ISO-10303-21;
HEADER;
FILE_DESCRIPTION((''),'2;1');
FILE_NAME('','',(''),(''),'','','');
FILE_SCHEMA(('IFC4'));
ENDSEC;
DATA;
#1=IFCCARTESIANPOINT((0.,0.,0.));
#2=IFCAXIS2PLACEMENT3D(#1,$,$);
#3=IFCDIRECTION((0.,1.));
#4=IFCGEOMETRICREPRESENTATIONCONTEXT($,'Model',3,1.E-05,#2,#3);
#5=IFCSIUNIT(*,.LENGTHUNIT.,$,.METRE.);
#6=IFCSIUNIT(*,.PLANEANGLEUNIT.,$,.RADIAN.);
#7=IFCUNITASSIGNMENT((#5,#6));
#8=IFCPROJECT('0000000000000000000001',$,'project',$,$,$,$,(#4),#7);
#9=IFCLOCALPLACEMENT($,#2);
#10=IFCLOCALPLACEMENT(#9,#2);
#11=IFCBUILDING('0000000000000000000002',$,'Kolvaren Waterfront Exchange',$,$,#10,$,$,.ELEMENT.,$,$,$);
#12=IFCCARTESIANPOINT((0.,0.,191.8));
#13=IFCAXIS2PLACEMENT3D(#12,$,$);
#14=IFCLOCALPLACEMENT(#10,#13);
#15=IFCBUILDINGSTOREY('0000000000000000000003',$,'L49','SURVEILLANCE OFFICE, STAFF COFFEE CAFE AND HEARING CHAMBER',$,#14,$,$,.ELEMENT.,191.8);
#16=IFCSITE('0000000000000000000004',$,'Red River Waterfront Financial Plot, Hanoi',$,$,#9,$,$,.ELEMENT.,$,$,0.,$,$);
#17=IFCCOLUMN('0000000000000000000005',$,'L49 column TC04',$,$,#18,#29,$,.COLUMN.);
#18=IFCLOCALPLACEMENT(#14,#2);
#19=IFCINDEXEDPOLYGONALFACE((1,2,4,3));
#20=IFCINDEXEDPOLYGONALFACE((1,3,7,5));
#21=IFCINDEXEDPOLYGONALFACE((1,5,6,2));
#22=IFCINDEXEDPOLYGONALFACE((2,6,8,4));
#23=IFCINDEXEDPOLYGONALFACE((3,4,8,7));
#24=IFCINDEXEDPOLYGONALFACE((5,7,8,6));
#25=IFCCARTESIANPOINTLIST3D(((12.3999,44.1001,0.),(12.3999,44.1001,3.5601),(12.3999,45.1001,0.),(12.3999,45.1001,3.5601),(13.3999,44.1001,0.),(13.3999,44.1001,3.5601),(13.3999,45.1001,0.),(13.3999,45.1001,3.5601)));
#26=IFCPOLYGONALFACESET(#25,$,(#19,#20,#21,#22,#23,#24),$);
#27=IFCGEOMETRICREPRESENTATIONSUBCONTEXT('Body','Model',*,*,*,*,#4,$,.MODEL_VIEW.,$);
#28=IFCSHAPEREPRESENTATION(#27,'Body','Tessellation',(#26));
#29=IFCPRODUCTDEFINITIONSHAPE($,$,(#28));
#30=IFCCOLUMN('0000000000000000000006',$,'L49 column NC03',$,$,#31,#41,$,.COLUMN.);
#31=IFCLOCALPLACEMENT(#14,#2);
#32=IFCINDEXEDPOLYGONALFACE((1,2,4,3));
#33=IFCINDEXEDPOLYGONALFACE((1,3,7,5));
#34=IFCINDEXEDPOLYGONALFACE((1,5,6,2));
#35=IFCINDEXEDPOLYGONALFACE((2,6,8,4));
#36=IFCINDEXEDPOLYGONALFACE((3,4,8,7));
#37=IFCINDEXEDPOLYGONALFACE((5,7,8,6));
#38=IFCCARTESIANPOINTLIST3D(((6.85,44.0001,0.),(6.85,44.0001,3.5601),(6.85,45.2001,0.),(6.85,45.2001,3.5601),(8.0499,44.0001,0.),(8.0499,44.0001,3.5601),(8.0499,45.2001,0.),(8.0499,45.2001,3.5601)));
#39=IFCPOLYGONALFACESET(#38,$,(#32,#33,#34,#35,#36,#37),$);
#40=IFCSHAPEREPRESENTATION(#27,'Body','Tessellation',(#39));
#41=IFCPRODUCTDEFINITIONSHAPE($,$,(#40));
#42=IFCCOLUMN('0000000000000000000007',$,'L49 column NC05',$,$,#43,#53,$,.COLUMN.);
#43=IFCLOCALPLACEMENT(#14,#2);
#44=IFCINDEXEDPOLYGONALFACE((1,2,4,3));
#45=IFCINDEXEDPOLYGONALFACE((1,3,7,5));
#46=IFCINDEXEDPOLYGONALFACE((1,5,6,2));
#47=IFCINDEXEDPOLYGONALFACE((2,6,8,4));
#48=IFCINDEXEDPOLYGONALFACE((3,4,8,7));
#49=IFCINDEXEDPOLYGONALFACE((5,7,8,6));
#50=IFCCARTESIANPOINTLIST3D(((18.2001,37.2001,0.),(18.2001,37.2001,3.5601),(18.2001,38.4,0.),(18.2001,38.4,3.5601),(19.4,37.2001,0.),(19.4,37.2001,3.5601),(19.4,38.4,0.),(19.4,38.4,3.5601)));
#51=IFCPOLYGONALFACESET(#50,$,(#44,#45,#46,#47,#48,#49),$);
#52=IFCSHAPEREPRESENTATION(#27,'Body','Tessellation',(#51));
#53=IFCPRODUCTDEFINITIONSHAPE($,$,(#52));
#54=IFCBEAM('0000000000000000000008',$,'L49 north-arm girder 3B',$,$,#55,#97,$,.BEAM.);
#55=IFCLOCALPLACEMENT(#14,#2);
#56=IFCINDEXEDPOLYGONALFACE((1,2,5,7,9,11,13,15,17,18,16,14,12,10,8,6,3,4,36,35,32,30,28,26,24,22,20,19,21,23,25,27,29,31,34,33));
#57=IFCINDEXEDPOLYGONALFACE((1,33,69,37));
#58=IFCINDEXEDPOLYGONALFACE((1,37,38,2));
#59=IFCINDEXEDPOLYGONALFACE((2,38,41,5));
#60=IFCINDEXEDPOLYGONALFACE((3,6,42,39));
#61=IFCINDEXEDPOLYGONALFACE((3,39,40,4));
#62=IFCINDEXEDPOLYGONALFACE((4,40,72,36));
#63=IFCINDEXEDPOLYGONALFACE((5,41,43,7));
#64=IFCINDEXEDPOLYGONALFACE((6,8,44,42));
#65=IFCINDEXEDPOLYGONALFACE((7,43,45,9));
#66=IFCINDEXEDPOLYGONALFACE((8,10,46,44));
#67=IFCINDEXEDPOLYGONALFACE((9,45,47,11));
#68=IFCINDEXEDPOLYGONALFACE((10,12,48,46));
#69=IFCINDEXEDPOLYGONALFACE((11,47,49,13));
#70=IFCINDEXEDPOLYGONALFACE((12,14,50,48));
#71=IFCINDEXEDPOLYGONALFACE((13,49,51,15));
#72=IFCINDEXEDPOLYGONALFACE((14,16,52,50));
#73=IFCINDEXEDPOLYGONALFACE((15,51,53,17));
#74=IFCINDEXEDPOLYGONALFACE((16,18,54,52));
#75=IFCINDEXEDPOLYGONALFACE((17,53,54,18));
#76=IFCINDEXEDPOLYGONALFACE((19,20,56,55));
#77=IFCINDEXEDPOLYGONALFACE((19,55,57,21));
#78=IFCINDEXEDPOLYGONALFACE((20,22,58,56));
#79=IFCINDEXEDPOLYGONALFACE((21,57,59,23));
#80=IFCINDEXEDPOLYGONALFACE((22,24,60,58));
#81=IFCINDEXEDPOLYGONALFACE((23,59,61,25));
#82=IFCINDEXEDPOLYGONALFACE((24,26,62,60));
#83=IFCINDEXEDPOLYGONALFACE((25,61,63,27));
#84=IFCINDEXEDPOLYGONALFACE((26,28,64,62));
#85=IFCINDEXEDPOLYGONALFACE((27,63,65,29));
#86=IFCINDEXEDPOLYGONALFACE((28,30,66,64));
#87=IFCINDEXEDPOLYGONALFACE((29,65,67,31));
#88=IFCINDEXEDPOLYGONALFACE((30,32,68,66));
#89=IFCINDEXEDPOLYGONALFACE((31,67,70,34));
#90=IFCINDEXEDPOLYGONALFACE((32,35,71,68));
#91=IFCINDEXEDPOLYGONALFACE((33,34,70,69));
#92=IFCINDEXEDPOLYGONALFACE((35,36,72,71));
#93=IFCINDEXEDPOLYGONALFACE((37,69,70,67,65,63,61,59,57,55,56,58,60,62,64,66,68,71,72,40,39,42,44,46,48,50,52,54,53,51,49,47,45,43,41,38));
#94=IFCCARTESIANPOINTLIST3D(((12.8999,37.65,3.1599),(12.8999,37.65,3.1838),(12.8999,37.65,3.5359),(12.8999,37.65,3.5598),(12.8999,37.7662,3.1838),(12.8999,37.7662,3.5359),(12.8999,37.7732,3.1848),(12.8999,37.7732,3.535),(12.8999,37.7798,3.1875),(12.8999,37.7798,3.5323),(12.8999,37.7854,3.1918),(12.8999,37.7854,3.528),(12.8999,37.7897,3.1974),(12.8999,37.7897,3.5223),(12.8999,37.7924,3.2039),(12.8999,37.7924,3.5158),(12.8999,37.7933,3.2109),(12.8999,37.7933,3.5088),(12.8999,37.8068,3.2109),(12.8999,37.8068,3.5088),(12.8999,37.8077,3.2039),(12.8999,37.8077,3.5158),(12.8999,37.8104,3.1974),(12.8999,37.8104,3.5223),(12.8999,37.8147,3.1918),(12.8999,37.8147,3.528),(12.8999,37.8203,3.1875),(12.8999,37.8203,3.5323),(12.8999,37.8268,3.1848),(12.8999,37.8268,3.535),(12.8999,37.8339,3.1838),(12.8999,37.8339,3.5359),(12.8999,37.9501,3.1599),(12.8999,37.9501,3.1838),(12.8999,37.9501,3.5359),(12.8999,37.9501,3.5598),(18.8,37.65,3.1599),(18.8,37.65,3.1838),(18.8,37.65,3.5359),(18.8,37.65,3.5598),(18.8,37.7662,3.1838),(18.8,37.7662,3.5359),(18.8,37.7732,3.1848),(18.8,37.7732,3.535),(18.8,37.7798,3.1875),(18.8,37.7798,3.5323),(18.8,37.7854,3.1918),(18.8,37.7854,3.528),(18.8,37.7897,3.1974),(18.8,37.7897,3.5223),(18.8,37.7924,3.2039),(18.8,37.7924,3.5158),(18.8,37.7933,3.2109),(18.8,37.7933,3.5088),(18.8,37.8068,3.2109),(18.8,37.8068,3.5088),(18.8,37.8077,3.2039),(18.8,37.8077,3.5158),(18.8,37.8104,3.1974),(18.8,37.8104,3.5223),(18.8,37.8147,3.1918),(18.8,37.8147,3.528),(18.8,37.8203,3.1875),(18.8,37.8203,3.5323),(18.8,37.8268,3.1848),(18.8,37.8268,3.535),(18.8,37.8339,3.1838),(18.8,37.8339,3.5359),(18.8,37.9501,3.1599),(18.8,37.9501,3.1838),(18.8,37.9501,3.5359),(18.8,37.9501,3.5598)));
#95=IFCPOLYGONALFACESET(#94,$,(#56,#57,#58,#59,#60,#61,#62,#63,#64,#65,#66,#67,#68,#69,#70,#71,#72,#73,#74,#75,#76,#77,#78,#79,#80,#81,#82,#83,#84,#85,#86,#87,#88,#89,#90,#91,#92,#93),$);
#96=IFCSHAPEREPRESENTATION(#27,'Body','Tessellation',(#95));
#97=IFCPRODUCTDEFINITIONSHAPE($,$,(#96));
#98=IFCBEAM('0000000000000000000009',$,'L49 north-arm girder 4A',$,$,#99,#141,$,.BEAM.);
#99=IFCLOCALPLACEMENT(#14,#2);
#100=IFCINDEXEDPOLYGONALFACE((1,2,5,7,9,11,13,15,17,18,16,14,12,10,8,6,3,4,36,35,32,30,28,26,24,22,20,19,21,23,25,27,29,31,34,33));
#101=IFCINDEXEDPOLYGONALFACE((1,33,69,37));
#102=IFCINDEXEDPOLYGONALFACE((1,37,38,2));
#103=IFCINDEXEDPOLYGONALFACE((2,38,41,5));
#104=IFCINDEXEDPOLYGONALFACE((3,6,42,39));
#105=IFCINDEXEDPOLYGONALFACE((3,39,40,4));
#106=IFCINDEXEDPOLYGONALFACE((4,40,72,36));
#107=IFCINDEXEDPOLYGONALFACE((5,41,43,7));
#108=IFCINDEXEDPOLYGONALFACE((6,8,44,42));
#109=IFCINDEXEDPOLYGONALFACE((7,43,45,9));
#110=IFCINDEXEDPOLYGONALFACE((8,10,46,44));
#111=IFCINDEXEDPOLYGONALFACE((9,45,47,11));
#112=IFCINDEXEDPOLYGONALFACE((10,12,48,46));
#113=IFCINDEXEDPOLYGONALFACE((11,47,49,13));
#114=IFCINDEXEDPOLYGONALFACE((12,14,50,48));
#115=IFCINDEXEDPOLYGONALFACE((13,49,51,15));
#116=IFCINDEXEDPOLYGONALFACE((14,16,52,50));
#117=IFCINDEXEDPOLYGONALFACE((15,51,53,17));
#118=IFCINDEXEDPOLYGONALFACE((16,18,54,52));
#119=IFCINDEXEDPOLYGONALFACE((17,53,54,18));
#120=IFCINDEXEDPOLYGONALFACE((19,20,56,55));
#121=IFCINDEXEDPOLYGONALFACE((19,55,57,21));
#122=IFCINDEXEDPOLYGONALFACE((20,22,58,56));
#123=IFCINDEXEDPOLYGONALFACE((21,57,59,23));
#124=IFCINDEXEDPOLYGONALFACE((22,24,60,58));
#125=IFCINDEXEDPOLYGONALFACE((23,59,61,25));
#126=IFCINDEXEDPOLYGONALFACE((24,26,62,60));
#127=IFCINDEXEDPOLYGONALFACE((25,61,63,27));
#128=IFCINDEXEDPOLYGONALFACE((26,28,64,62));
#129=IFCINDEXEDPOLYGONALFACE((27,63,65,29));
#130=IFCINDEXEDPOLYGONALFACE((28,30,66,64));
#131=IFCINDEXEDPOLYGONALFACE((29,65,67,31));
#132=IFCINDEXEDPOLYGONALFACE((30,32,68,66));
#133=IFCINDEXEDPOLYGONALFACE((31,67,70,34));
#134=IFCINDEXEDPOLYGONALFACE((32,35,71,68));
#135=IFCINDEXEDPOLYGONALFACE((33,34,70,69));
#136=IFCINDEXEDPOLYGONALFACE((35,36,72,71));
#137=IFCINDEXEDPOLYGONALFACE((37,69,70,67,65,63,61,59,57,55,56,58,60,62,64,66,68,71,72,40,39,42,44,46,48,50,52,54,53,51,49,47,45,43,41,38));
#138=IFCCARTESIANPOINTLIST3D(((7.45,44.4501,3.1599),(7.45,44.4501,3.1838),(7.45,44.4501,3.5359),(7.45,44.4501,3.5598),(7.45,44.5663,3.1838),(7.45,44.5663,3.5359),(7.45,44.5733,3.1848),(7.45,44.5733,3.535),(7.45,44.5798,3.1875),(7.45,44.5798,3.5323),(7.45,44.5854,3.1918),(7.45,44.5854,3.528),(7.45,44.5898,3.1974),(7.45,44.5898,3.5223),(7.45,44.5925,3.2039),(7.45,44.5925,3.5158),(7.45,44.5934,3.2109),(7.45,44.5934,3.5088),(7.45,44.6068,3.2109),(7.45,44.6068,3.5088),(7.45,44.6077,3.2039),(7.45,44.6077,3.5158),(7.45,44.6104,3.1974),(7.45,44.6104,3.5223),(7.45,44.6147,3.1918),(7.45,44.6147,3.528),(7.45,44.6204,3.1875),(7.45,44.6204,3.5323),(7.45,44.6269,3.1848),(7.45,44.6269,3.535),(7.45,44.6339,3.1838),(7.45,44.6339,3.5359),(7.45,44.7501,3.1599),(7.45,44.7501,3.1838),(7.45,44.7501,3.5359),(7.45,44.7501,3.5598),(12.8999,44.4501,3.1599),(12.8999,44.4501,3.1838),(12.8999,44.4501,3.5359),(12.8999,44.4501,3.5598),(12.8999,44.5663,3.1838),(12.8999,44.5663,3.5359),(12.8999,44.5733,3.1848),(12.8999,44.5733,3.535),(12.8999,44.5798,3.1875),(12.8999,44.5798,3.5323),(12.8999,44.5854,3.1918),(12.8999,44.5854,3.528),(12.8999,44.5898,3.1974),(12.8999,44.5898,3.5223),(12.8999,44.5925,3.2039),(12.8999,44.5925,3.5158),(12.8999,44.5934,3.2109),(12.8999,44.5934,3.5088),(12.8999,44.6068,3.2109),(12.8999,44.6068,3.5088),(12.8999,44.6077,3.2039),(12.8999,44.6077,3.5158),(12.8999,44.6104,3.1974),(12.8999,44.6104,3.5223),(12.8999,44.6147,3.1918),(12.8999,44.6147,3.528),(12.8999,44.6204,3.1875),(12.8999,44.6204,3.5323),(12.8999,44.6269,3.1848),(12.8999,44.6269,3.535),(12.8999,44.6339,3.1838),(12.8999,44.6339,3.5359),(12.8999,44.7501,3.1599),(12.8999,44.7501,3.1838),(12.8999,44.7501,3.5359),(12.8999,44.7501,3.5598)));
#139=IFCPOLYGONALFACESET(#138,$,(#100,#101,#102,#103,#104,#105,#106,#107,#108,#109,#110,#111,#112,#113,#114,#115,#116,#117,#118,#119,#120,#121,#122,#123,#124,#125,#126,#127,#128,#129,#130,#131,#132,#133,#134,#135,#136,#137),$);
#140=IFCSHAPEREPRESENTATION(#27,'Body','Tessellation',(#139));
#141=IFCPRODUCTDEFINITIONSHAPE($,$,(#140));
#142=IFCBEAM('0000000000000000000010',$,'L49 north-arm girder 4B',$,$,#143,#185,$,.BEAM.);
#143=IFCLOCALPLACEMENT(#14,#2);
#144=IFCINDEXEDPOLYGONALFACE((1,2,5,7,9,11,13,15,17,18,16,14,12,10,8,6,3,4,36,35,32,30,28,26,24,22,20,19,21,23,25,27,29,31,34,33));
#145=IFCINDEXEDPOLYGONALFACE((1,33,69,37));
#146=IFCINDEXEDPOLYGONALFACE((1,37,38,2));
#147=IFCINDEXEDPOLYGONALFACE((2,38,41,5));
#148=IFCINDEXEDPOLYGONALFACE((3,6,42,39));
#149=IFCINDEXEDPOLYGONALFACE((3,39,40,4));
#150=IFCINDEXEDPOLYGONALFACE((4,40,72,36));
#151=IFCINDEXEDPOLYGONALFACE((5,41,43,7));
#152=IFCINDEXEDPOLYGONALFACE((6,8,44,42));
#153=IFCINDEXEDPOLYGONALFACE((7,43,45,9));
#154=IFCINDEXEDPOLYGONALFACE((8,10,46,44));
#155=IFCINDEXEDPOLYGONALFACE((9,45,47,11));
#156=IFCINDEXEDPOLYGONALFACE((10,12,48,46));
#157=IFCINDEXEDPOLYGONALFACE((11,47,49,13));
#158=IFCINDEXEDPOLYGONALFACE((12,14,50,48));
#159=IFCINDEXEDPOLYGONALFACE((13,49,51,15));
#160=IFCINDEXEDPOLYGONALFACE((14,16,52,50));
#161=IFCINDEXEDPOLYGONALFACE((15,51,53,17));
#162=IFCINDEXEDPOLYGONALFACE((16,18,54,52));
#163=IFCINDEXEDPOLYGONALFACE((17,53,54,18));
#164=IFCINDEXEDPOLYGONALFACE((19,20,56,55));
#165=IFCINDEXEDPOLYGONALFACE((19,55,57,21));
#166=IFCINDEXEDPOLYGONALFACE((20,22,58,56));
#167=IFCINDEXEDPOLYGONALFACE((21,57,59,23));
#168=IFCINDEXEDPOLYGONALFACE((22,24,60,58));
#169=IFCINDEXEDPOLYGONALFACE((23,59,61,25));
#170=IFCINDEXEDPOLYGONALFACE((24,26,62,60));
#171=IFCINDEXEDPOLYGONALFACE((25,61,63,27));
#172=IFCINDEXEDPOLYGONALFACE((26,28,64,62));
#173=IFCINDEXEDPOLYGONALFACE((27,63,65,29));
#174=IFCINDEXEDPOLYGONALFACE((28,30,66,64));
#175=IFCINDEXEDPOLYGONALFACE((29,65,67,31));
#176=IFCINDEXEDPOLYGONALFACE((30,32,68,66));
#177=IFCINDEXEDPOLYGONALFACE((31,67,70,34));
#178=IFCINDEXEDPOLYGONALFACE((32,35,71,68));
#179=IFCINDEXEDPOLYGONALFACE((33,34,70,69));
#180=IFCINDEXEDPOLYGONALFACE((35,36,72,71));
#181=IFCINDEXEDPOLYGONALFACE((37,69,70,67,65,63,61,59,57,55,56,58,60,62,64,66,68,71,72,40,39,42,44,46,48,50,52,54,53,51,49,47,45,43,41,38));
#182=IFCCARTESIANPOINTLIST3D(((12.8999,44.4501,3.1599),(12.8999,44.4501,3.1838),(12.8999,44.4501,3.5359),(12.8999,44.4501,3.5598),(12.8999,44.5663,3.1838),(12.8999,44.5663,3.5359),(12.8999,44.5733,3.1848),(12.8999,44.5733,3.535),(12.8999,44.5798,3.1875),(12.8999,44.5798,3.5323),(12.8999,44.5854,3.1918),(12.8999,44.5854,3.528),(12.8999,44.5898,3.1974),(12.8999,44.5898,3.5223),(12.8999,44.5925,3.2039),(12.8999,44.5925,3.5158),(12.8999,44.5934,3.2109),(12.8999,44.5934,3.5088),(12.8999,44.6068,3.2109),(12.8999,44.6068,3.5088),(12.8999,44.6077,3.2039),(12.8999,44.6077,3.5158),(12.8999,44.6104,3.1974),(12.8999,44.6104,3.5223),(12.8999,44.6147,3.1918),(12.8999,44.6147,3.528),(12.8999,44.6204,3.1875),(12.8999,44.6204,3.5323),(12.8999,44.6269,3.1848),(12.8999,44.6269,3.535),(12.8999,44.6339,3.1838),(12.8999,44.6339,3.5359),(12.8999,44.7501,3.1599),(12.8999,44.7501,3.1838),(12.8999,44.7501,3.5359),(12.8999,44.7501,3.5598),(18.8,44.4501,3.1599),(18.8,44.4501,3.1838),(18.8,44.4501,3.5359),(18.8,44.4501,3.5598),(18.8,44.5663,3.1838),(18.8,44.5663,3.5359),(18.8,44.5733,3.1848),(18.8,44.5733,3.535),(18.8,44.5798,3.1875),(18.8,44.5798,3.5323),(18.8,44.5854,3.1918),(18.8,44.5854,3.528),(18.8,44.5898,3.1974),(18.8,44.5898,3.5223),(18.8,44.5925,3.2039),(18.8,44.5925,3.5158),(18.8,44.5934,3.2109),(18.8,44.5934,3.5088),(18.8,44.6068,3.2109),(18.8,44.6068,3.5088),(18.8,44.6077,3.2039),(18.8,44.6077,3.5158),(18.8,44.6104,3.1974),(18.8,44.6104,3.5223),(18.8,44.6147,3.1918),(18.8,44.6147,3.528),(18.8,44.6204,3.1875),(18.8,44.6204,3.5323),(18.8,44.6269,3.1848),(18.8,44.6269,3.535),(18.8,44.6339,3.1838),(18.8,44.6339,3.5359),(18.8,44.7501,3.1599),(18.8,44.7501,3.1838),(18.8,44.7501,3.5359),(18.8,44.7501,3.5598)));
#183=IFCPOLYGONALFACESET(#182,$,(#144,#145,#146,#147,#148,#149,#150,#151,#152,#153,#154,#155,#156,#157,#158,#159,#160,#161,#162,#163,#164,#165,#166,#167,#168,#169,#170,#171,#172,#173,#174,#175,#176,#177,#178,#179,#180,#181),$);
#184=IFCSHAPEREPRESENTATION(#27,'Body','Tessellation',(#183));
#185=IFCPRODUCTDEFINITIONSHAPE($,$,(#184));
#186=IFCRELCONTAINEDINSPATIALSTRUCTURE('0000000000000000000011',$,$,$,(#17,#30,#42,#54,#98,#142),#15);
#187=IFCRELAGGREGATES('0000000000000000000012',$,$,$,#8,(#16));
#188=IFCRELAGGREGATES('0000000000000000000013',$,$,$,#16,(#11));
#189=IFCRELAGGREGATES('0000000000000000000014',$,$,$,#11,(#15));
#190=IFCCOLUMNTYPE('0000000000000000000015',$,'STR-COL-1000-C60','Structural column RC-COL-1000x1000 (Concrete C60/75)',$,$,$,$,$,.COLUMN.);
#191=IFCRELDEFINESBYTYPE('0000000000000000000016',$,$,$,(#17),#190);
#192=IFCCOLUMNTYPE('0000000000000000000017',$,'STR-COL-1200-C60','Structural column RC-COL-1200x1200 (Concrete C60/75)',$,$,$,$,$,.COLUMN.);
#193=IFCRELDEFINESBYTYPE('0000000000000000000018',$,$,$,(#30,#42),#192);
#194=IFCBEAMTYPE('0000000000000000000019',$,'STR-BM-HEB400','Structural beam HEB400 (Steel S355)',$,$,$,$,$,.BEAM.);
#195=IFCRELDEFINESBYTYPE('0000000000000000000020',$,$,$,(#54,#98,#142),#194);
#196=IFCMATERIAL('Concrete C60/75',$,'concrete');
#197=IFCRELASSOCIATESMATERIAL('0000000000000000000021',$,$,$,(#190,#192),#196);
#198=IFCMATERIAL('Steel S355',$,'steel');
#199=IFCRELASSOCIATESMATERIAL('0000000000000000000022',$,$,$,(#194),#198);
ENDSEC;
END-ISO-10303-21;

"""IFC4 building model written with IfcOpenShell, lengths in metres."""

from ifc_helpers import new_model, si_unit, direction, frame, origin, origin_2d, place, context, subcontext, project, spatial, rectangle, i_section, extrude, material, material_profile, profile_set, type_object, element, save


model = new_model("IFC4")

# Units and contexts
model_context = context("Model", 3, precision=1e-05, world=origin(), true_north=direction((0.0, 1.0)))
body_context = subcontext(model_context, "Body", "Model", "MODEL_VIEW")
ifc_project = project(units=[si_unit("LENGTHUNIT", "METRE"), si_unit("PLANEANGLEUNIT", "RADIAN")], contexts=[model_context])

# Site, building, storey
site_placement = place(None, origin())
site = spatial("IfcSite", under=ifc_project, at=site_placement, Name="Red River Waterfront Financial Plot, Hanoi", CompositionType="ELEMENT", RefElevation=0.0)
building_placement = place(site_placement, origin())
building = spatial("IfcBuilding", under=site, at=building_placement, Name="Kolvaren Waterfront Exchange", CompositionType="ELEMENT")
storey_placement = place(building_placement, frame((0.0, 0.0, 191.8)))
storey = spatial("IfcBuildingStorey", under=building, at=storey_placement, Name="L49", Description="SURVEILLANCE OFFICE, STAFF COFFEE CAFE AND HEARING CHAMBER", CompositionType="ELEMENT", Elevation=191.8)

# Columns
ifc_material_1 = material(Name="Concrete C60/75", Category="concrete")
ifc_material_profile_1 = material_profile(ifc_material_1, rectangle(XDim=1.0, YDim=1.0, at=origin_2d()), Name="RC-COL-1000x1000")
ifc_profile_set_1 = profile_set([ifc_material_profile_1], Name="Concrete C60/75")
column_type_1 = type_object("IfcColumnType", Name="STR-COL-1000-C60", Description="Structural column RC-COL-1000x1000 (Concrete C60/75)", PredefinedType="COLUMN", material=ifc_profile_set_1)
column_placement = place(storey_placement, frame((12.8999, 44.6001, 0.0), z_axis=(0.0, 0.0, 1.0), x_axis=(1.0, 0.0, 0.0)))
element("IfcColumn", 1, at=column_placement, inside=storey, type_object=column_type_1, Name="L49 column TC04", PredefinedType="COLUMN", context=body_context, shape_type="SweptSolid", body=[
    extrude(rectangle(XDim=1.0, YDim=1.0, at=origin_2d()), origin(), (0.0, 0.0, 1.0), 3.5601),
])
ifc_material_profile_2 = material_profile(ifc_material_1, rectangle(XDim=1.2, YDim=1.2, at=origin_2d()), Name="RC-COL-1200x1200")
ifc_profile_set_2 = profile_set([ifc_material_profile_2], Name="Concrete C60/75")
column_type_2 = type_object("IfcColumnType", Name="STR-COL-1200-C60", Description="Structural column RC-COL-1200x1200 (Concrete C60/75)", PredefinedType="COLUMN", material=ifc_profile_set_2)
for number, where, z_axis, x_axis, name in (
    (2, (7.45, 44.6001, 0.0), (0.0, 0.0, 1.0), (1.0, 0.0, 0.0), "L49 column NC03"),
    (3, (18.8, 37.8, 0.0), (0.0, 0.0, 1.0), (1.0, 0.0, 0.0), "L49 column NC05"),
):
    element("IfcColumn", number, at=place(storey_placement, frame(where, z_axis=z_axis, x_axis=x_axis)), inside=storey, type_object=column_type_2, Name=name, PredefinedType="COLUMN", context=body_context, shape_type="SweptSolid", body=[
        extrude(rectangle(XDim=1.2, YDim=1.2, at=origin_2d()), origin(), (0.0, 0.0, 1.0), 3.5601),
    ])

# Beams
ifc_material_2 = material(Name="Steel S355", Category="steel")
ifc_material_profile_3 = material_profile(ifc_material_2, i_section(OverallWidth=0.3, OverallDepth=0.3999, WebThickness=0.0134, FlangeThickness=0.0239, FilletRadius=0.0271, at=origin_2d()), Name="HEB400")
ifc_profile_set_3 = profile_set([ifc_material_profile_3], Name="Steel S355")
beam_type_1 = type_object("IfcBeamType", Name="STR-BM-HEB400", Description="Structural beam HEB400 (Steel S355)", PredefinedType="BEAM", material=ifc_profile_set_3)
beam_1_placement = place(storey_placement, frame((12.8999, 37.8, 3.3599), z_axis=(1.0, 0.0, 0.0), x_axis=(0.0, 1.0, 0.0)))
element("IfcBeam", 4, at=beam_1_placement, inside=storey, type_object=beam_type_1, Name="L49 north-arm girder 3B", PredefinedType="BEAM", context=body_context, shape_type="SweptSolid", body=[
    extrude(i_section(OverallWidth=0.3, OverallDepth=0.3999, WebThickness=0.0134, FlangeThickness=0.0239, FilletRadius=0.0271, at=origin_2d()), origin(), (0.0, 0.0, 1.0), 5.9001),
])
beam_2_placement = place(storey_placement, frame((7.45, 44.6001, 3.3599), z_axis=(1.0, 0.0, 0.0), x_axis=(0.0, 1.0, 0.0)))
element("IfcBeam", 5, at=beam_2_placement, inside=storey, type_object=beam_type_1, Name="L49 north-arm girder 4A", PredefinedType="BEAM", context=body_context, shape_type="SweptSolid", body=[
    extrude(i_section(OverallWidth=0.3, OverallDepth=0.3999, WebThickness=0.0134, FlangeThickness=0.0239, FilletRadius=0.0271, at=origin_2d()), origin(), (0.0, 0.0, 1.0), 5.45),
])
beam_3_placement = place(storey_placement, frame((12.8999, 44.6001, 3.3599), z_axis=(1.0, 0.0, 0.0), x_axis=(0.0, 1.0, 0.0)))
element("IfcBeam", 6, at=beam_3_placement, inside=storey, type_object=beam_type_1, Name="L49 north-arm girder 4B", PredefinedType="BEAM", context=body_context, shape_type="SweptSolid", body=[
    extrude(i_section(OverallWidth=0.3, OverallDepth=0.3999, WebThickness=0.0134, FlangeThickness=0.0239, FilletRadius=0.0271, at=origin_2d()), origin(), (0.0, 0.0, 1.0), 5.9001),
])

save(model, "model.ifc")
